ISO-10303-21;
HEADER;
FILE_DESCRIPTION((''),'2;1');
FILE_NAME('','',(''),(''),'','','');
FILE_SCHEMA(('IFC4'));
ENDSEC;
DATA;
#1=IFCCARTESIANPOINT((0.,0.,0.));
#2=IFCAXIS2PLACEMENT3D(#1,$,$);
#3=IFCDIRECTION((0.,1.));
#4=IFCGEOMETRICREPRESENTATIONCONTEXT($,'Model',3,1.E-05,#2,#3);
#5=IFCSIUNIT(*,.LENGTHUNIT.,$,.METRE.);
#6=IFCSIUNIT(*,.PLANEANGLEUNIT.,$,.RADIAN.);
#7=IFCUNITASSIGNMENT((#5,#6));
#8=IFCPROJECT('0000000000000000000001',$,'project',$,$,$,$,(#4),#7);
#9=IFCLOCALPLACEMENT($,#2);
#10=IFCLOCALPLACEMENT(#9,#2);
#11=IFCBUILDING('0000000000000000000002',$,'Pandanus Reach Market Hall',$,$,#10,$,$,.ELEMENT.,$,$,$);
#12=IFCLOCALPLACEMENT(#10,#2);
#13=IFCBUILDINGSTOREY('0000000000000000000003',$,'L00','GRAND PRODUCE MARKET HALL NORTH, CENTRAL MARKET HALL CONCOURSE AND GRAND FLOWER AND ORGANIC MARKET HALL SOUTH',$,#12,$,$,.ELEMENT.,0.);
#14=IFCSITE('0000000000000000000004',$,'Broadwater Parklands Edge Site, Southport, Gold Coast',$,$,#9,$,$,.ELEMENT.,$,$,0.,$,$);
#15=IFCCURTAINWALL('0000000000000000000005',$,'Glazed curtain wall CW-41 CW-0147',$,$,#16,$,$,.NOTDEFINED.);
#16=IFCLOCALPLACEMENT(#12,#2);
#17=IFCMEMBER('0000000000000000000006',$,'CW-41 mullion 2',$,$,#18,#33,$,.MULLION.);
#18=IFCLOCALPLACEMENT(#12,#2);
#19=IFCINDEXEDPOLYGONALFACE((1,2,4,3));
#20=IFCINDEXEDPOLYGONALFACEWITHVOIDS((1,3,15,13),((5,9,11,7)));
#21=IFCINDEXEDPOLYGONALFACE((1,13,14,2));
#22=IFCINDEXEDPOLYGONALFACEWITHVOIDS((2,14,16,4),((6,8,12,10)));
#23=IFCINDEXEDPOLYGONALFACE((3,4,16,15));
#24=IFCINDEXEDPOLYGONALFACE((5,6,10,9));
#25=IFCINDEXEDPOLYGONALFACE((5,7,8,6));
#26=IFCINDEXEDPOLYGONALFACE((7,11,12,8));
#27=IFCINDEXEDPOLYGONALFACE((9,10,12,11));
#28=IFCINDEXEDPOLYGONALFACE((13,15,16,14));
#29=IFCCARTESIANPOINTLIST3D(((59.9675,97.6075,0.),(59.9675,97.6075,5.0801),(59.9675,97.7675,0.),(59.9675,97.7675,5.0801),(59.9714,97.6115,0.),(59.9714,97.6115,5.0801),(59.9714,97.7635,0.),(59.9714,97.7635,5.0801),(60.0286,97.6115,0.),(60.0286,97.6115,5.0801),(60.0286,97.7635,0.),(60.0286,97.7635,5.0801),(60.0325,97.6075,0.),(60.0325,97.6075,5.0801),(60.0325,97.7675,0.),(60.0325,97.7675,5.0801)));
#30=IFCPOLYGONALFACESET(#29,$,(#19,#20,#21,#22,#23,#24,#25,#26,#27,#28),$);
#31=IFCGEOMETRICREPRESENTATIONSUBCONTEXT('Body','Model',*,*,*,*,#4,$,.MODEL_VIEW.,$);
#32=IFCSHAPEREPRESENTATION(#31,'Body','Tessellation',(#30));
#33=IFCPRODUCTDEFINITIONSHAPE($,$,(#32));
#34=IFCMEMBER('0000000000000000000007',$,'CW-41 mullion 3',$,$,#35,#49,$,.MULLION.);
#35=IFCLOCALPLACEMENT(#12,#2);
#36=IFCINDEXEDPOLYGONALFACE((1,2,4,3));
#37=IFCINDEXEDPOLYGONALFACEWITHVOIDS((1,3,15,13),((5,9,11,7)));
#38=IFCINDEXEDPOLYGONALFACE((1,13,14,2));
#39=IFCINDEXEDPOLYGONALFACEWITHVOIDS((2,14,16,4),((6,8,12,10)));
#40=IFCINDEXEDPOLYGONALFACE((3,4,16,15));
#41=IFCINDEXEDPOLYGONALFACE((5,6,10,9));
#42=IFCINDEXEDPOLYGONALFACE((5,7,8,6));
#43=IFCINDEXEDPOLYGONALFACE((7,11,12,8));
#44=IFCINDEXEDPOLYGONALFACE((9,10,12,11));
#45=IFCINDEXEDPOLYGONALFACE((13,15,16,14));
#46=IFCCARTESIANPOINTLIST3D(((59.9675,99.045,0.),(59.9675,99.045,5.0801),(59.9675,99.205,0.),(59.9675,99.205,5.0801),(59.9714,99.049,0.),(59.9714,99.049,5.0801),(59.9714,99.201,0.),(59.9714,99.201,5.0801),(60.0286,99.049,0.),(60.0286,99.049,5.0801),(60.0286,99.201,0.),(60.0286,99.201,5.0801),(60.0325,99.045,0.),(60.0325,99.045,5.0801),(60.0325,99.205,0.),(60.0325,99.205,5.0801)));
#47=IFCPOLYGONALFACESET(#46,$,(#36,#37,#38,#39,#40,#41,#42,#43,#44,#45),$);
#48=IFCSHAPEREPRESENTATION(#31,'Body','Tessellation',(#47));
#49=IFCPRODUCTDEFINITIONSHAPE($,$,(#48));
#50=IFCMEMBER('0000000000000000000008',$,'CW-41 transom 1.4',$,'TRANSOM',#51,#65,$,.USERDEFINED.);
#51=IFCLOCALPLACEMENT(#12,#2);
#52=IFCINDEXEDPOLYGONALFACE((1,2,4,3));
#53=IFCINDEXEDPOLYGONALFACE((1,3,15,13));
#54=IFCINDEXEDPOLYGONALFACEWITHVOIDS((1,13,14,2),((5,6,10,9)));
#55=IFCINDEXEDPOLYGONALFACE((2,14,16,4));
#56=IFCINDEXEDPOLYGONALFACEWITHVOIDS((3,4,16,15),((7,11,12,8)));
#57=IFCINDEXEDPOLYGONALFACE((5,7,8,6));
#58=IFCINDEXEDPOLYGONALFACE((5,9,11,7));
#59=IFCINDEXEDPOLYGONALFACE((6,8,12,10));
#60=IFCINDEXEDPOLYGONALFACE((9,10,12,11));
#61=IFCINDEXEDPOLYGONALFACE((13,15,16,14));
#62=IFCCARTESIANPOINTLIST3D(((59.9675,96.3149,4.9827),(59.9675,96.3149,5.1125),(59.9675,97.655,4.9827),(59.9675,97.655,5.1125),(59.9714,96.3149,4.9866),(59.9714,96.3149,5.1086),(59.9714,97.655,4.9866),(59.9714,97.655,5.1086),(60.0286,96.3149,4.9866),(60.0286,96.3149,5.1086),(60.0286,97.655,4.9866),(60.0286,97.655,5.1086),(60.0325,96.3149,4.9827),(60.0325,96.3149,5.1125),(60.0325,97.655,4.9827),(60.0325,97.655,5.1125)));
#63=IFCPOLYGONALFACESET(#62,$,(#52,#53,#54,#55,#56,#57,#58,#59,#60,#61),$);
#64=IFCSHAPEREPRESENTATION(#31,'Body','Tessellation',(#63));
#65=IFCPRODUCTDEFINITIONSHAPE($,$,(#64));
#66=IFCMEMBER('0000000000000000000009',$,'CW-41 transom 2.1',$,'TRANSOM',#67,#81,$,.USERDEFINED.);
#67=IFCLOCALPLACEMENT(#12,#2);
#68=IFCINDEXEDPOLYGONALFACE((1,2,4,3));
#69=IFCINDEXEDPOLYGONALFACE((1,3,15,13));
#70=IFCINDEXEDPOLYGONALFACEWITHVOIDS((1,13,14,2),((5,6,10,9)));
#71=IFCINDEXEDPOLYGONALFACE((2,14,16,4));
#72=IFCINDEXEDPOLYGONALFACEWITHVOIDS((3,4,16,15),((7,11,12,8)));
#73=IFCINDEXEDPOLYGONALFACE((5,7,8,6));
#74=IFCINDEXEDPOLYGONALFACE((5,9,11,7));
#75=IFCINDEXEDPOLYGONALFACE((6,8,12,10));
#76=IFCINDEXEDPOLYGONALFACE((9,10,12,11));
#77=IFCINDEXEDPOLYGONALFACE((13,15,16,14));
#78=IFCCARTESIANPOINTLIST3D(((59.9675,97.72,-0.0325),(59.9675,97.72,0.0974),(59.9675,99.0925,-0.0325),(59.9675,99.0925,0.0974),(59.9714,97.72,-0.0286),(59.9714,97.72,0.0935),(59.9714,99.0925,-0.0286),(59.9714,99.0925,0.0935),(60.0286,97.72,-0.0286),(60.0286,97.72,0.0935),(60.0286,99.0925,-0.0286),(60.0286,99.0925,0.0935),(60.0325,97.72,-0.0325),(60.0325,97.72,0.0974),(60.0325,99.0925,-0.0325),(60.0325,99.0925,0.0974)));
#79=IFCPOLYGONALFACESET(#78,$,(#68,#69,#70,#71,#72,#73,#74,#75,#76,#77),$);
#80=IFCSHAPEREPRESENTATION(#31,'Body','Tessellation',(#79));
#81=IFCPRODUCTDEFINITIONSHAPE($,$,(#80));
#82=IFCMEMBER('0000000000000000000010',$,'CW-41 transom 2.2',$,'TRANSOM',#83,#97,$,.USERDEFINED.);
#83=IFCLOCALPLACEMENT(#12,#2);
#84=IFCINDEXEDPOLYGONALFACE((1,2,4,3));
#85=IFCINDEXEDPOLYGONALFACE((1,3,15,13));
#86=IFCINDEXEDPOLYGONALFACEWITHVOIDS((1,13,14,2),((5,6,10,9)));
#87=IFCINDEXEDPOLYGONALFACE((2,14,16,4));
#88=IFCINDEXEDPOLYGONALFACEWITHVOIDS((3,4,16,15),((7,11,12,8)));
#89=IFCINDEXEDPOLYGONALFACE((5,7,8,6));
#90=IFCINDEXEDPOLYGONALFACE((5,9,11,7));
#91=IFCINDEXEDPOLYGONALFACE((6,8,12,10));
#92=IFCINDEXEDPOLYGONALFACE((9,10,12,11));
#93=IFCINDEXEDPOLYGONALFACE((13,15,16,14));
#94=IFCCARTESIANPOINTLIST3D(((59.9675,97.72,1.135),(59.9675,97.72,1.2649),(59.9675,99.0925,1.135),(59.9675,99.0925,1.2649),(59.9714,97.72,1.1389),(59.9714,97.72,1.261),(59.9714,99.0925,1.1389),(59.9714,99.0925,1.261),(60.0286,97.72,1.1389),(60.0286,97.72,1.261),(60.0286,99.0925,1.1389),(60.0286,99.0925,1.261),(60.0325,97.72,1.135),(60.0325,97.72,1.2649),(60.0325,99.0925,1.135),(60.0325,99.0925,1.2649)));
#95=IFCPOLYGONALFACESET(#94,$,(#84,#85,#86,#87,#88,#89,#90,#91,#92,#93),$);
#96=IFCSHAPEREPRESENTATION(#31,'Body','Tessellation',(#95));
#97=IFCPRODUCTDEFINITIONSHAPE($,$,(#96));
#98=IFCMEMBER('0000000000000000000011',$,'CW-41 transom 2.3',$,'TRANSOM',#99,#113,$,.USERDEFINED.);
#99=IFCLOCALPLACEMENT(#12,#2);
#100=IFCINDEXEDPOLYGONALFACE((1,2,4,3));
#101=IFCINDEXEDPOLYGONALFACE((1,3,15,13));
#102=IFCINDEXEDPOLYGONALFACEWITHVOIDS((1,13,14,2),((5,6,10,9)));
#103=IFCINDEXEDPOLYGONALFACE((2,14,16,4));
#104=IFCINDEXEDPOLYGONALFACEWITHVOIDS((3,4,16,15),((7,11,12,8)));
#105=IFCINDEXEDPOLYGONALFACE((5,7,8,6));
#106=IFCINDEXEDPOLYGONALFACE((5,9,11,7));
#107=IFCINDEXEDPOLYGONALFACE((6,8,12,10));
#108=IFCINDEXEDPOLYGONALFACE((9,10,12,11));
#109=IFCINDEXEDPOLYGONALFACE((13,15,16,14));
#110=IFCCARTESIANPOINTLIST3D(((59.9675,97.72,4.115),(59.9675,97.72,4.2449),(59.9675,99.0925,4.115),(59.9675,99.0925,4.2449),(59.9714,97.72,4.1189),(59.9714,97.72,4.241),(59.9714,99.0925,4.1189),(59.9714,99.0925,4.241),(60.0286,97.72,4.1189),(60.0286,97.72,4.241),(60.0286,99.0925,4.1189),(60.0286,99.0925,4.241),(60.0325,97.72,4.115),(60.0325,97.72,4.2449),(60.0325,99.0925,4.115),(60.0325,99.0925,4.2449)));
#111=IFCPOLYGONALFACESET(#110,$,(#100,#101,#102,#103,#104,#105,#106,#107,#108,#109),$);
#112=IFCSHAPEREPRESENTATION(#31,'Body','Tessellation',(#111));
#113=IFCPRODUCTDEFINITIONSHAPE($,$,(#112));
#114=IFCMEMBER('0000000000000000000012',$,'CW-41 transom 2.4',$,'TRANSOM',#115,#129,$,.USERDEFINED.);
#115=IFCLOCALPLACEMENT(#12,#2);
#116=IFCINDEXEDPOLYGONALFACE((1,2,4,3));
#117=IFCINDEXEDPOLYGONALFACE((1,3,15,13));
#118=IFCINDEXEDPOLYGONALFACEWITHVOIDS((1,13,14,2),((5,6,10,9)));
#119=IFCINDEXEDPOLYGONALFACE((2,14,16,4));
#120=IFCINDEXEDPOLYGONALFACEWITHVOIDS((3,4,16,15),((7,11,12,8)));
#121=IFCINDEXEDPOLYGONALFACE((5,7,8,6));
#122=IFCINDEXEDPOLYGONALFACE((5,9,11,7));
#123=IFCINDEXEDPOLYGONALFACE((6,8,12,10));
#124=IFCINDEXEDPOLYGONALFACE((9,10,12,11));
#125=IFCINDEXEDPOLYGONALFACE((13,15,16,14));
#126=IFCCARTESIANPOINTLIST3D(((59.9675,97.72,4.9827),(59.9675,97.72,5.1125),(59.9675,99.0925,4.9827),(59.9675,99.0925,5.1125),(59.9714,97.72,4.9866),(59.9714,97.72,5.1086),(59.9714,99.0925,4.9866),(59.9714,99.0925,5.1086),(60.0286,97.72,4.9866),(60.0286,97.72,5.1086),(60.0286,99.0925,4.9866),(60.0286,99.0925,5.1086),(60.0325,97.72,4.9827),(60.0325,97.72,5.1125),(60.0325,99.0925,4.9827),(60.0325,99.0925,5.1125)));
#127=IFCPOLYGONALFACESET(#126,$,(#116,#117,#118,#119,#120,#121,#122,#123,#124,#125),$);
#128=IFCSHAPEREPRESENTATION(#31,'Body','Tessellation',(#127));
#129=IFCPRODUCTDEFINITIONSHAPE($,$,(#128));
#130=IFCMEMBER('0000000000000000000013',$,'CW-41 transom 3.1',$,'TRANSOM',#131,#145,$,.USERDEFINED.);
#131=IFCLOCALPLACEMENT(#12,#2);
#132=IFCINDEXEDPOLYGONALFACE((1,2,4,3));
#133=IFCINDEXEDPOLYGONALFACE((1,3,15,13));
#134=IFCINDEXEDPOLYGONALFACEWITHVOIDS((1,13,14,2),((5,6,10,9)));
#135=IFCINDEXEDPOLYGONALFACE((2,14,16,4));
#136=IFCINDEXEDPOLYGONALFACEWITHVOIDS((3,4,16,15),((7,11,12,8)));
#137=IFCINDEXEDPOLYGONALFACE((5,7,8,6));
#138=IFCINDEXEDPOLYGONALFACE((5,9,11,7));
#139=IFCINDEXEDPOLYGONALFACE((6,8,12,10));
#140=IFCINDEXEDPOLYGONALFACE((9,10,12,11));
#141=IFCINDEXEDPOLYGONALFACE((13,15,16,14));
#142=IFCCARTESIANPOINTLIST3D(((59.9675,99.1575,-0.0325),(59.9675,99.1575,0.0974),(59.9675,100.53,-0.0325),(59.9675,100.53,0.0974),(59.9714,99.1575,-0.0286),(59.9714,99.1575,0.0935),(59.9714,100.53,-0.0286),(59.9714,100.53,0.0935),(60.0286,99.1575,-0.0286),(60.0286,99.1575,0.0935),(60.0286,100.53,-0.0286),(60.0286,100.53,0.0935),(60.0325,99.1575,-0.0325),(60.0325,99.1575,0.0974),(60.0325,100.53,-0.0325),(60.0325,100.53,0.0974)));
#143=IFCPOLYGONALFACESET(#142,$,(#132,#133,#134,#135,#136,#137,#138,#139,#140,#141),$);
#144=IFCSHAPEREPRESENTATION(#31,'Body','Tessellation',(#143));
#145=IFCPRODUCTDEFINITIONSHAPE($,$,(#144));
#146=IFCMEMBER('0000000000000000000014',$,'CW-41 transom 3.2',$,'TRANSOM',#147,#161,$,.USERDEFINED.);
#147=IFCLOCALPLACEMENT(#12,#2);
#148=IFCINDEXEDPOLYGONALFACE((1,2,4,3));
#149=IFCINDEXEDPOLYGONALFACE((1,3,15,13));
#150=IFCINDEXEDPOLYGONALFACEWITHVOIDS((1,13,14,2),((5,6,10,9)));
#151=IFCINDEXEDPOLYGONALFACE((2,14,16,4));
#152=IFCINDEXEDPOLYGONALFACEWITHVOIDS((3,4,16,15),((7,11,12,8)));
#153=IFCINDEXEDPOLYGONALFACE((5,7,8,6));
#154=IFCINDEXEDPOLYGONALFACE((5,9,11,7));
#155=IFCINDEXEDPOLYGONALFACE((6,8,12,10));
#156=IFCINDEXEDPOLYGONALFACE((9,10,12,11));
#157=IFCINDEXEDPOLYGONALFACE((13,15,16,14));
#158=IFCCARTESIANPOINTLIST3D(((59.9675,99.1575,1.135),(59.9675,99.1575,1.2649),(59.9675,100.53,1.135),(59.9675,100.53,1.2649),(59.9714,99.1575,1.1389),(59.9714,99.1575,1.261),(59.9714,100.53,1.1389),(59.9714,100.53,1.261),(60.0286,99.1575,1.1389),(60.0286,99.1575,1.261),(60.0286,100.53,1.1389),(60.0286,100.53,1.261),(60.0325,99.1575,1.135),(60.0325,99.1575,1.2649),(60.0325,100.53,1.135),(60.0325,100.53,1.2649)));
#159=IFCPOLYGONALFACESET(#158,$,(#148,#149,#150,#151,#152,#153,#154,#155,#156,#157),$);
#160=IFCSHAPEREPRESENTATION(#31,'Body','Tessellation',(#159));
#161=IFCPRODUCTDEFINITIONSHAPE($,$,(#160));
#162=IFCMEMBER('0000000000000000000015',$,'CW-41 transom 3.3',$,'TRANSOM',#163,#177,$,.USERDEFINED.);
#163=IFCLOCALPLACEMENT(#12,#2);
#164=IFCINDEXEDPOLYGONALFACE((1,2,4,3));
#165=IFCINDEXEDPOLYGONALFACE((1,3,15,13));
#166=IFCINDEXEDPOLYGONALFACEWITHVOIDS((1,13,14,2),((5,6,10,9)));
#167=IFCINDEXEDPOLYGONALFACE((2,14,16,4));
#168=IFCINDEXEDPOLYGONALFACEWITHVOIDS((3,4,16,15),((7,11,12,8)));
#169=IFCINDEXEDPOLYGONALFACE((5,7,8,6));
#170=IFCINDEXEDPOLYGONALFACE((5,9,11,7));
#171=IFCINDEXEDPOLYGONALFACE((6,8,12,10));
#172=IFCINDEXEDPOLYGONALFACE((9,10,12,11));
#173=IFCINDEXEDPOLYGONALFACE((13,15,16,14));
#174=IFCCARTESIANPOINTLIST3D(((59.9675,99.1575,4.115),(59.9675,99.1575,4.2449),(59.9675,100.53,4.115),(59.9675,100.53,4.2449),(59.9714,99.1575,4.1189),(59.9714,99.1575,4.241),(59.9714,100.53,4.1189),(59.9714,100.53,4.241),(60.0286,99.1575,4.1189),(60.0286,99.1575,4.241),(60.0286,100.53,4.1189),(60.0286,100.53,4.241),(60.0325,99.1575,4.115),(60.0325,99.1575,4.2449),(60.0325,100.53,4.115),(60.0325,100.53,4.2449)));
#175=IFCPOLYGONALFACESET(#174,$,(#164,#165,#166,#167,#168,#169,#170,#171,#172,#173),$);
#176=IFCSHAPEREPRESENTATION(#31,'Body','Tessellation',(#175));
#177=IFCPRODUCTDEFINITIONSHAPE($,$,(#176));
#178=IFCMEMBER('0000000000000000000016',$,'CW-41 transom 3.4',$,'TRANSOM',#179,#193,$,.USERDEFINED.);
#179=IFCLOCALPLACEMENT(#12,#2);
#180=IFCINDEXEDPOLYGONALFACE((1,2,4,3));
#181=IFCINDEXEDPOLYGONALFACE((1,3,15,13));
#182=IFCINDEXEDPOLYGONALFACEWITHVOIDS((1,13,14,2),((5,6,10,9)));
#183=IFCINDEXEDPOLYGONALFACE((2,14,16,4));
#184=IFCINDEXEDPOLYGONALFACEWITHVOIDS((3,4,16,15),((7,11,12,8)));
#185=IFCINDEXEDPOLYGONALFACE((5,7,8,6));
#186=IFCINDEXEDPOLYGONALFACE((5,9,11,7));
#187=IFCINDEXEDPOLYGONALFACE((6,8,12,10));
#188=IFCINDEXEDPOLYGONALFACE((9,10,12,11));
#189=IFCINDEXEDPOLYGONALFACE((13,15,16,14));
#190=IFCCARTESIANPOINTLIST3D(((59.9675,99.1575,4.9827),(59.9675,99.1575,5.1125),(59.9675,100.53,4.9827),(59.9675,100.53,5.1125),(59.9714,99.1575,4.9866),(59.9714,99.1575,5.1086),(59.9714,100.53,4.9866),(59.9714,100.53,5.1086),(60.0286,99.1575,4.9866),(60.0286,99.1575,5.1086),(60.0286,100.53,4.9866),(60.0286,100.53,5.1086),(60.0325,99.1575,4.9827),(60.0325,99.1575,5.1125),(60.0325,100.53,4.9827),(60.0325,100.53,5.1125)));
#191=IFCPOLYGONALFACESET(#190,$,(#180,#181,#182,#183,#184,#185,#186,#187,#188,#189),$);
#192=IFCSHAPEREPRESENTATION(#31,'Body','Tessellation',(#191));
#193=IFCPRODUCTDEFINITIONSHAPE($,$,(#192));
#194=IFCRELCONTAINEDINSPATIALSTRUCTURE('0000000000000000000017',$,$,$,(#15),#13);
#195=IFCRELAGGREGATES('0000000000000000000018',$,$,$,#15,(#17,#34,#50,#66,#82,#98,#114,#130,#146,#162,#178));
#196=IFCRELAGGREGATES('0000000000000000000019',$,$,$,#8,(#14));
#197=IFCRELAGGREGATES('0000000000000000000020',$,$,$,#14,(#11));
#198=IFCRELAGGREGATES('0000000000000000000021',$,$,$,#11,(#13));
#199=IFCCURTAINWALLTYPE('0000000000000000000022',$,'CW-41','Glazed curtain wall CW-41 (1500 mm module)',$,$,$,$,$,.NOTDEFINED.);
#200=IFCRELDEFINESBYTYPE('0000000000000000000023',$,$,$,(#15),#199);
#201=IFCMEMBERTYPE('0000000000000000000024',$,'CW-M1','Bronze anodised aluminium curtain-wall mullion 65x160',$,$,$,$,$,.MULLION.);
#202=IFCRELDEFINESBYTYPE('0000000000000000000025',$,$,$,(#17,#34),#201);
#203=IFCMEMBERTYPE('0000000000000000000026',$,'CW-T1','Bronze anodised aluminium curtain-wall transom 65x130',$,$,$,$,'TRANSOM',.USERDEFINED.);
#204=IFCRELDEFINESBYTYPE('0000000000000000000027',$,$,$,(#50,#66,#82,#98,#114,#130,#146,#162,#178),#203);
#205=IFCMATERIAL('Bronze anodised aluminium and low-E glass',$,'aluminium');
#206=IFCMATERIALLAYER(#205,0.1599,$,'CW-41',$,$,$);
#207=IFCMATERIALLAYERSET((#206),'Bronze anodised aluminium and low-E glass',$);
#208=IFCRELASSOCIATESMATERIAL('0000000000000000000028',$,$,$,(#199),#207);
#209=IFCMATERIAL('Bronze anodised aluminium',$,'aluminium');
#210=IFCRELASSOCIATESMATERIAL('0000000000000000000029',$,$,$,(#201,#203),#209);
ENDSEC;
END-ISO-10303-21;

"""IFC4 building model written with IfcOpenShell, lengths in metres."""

from ifc_helpers import new_model, si_unit, direction, frame, origin, origin_2d, place, context, subcontext, project, spatial, hollow_rectangle, extrude, material, layer, layer_set, material_profile, profile_set, type_object, element, aggregate, save


model = new_model("IFC4")

# Units and contexts
model_context = context("Model", 3, precision=1e-05, world=origin(), true_north=direction((0.0, 1.0)))
body_context = subcontext(model_context, "Body", "Model", "MODEL_VIEW")
ifc_project = project(units=[si_unit("LENGTHUNIT", "METRE"), si_unit("PLANEANGLEUNIT", "RADIAN")], contexts=[model_context])

# Site, building, storey
site_placement = place(None, origin())
site = spatial("IfcSite", under=ifc_project, at=site_placement, Name="Broadwater Parklands Edge Site, Southport, Gold Coast", CompositionType="ELEMENT", RefElevation=0.0)
building_placement = place(site_placement, origin())
building = spatial("IfcBuilding", under=site, at=building_placement, Name="Pandanus Reach Market Hall", CompositionType="ELEMENT")
storey_placement = place(building_placement, origin())
storey = spatial("IfcBuildingStorey", under=building, at=storey_placement, Name="L00", Description="GRAND PRODUCE MARKET HALL NORTH, CENTRAL MARKET HALL CONCOURSE AND GRAND FLOWER AND ORGANIC MARKET HALL SOUTH", CompositionType="ELEMENT", Elevation=0.0)

# Curtain wall, members
ifc_material_1 = material(Name="Bronze anodised aluminium and low-E glass", Category="aluminium")
ifc_layer_1 = layer(ifc_material_1, 0.1599, Name="CW-41")
ifc_layer_set_1 = layer_set([ifc_layer_1], Name="Bronze anodised aluminium and low-E glass")
curtain_wall_type = type_object("IfcCurtainWallType", Name="CW-41", Description="Glazed curtain wall CW-41 (1500 mm module)", PredefinedType="NOTDEFINED", material=ifc_layer_set_1)
curtain_wall_placement = place(storey_placement, origin())
curtain_wall = element("IfcCurtainWall", 1, at=curtain_wall_placement, inside=storey, type_object=curtain_wall_type, Name="Glazed curtain wall CW-41 CW-0147", PredefinedType="NOTDEFINED")
ifc_material_2 = material(Name="Bronze anodised aluminium", Category="aluminium")
ifc_material_profile_1 = material_profile(ifc_material_2, hollow_rectangle(XDim=0.0649, YDim=0.1599, WallThickness=0.0039, at=origin_2d()), Name="ALU65x160", Category="LoadBearing")
ifc_profile_set_1 = profile_set([ifc_material_profile_1], Name="Bronze anodised aluminium")
member_type_1 = type_object("IfcMemberType", Name="CW-M1", Description="Bronze anodised aluminium curtain-wall mullion 65x160", PredefinedType="MULLION", material=ifc_profile_set_1)
member_1_placement = place(storey_placement, frame((60.0, 97.6875, 0.0), z_axis=(0.0, 0.0, 1.0), x_axis=(-1.0, 0.0, 0.0)))
member_1 = element("IfcMember", 2, at=member_1_placement, type_object=member_type_1, Name="CW-41 mullion 2", PredefinedType="MULLION", context=body_context, shape_type="SweptSolid", body=[
    extrude(hollow_rectangle(XDim=0.0649, YDim=0.1599, WallThickness=0.0039, at=origin_2d()), origin(), (0.0, 0.0, 1.0), 5.0801),
])
member_2_placement = place(storey_placement, frame((60.0, 99.125, 0.0), z_axis=(0.0, 0.0, 1.0), x_axis=(-1.0, 0.0, 0.0)))
member_2 = element("IfcMember", 3, at=member_2_placement, type_object=member_type_1, Name="CW-41 mullion 3", PredefinedType="MULLION", context=body_context, shape_type="SweptSolid", body=[
    extrude(hollow_rectangle(XDim=0.0649, YDim=0.1599, WallThickness=0.0039, at=origin_2d()), origin(), (0.0, 0.0, 1.0), 5.0801),
])
ifc_material_profile_2 = material_profile(ifc_material_2, hollow_rectangle(XDim=0.0649, YDim=0.1299, WallThickness=0.0039, at=origin_2d()), Name="ALU65x130", Category="LoadBearing")
ifc_profile_set_2 = profile_set([ifc_material_profile_2], Name="Bronze anodised aluminium")
member_type_2 = type_object("IfcMemberType", Name="CW-T1", Description="Bronze anodised aluminium curtain-wall transom 65x130", ElementType="TRANSOM", PredefinedType="USERDEFINED", material=ifc_profile_set_2)
member_3_placement = place(storey_placement, frame((60.0, 96.3149, 5.0476), z_axis=(0.0, 1.0, 0.0), x_axis=(-1.0, 0.0, 0.0)))
member_3 = element("IfcMember", 4, at=member_3_placement, type_object=member_type_2, Name="CW-41 transom 1.4", ObjectType="TRANSOM", PredefinedType="USERDEFINED", context=body_context, shape_type="SweptSolid", body=[
    extrude(hollow_rectangle(XDim=0.0649, YDim=0.1299, WallThickness=0.0039, at=origin_2d()), origin(), (0.0, 0.0, 1.0), 1.3401),
])
member_4_placement = place(storey_placement, frame((60.0, 97.72, 0.0325), z_axis=(0.0, 1.0, 0.0), x_axis=(-1.0, 0.0, 0.0)))
member_4 = element("IfcMember", 5, at=member_4_placement, type_object=member_type_2, Name="CW-41 transom 2.1", ObjectType="TRANSOM", PredefinedType="USERDEFINED", context=body_context, shape_type="SweptSolid", body=[
    extrude(hollow_rectangle(XDim=0.0649, YDim=0.1299, WallThickness=0.0039, at=origin_2d()), origin(), (0.0, 0.0, 1.0), 1.3726),
])
member_5_placement = place(storey_placement, frame((60.0, 97.72, 1.2), z_axis=(0.0, 1.0, 0.0), x_axis=(-1.0, 0.0, 0.0)))
member_5 = element("IfcMember", 6, at=member_5_placement, type_object=member_type_2, Name="CW-41 transom 2.2", ObjectType="TRANSOM", PredefinedType="USERDEFINED", context=body_context, shape_type="SweptSolid", body=[
    extrude(hollow_rectangle(XDim=0.0649, YDim=0.1299, WallThickness=0.0039, at=origin_2d()), origin(), (0.0, 0.0, 1.0), 1.3726),
])
member_6_placement = place(storey_placement, frame((60.0, 97.72, 4.1799), z_axis=(0.0, 1.0, 0.0), x_axis=(-1.0, 0.0, 0.0)))
member_6 = element("IfcMember", 7, at=member_6_placement, type_object=member_type_2, Name="CW-41 transom 2.3", ObjectType="TRANSOM", PredefinedType="USERDEFINED", context=body_context, shape_type="SweptSolid", body=[
    extrude(hollow_rectangle(XDim=0.0649, YDim=0.1299, WallThickness=0.0039, at=origin_2d()), origin(), (0.0, 0.0, 1.0), 1.3726),
])
member_7_placement = place(storey_placement, frame((60.0, 97.72, 5.0476), z_axis=(0.0, 1.0, 0.0), x_axis=(-1.0, 0.0, 0.0)))
member_7 = element("IfcMember", 8, at=member_7_placement, type_object=member_type_2, Name="CW-41 transom 2.4", ObjectType="TRANSOM", PredefinedType="USERDEFINED", context=body_context, shape_type="SweptSolid", body=[
    extrude(hollow_rectangle(XDim=0.0649, YDim=0.1299, WallThickness=0.0039, at=origin_2d()), origin(), (0.0, 0.0, 1.0), 1.3726),
])
member_8_placement = place(storey_placement, frame((60.0, 99.1575, 0.0325), z_axis=(0.0, 1.0, 0.0), x_axis=(-1.0, 0.0, 0.0)))
member_8 = element("IfcMember", 9, at=member_8_placement, type_object=member_type_2, Name="CW-41 transom 3.1", ObjectType="TRANSOM", PredefinedType="USERDEFINED", context=body_context, shape_type="SweptSolid", body=[
    extrude(hollow_rectangle(XDim=0.0649, YDim=0.1299, WallThickness=0.0039, at=origin_2d()), origin(), (0.0, 0.0, 1.0), 1.3726),
])
member_9_placement = place(storey_placement, frame((60.0, 99.1575, 1.2), z_axis=(0.0, 1.0, 0.0), x_axis=(-1.0, 0.0, 0.0)))
member_9 = element("IfcMember", 10, at=member_9_placement, type_object=member_type_2, Name="CW-41 transom 3.2", ObjectType="TRANSOM", PredefinedType="USERDEFINED", context=body_context, shape_type="SweptSolid", body=[
    extrude(hollow_rectangle(XDim=0.0649, YDim=0.1299, WallThickness=0.0039, at=origin_2d()), origin(), (0.0, 0.0, 1.0), 1.3726),
])
member_10_placement = place(storey_placement, frame((60.0, 99.1575, 4.1799), z_axis=(0.0, 1.0, 0.0), x_axis=(-1.0, 0.0, 0.0)))
member_10 = element("IfcMember", 11, at=member_10_placement, type_object=member_type_2, Name="CW-41 transom 3.3", ObjectType="TRANSOM", PredefinedType="USERDEFINED", context=body_context, shape_type="SweptSolid", body=[
    extrude(hollow_rectangle(XDim=0.0649, YDim=0.1299, WallThickness=0.0039, at=origin_2d()), origin(), (0.0, 0.0, 1.0), 1.3726),
])
member_11_placement = place(storey_placement, frame((60.0, 99.1575, 5.0476), z_axis=(0.0, 1.0, 0.0), x_axis=(-1.0, 0.0, 0.0)))
member_11 = element("IfcMember", 12, at=member_11_placement, type_object=member_type_2, Name="CW-41 transom 3.4", ObjectType="TRANSOM", PredefinedType="USERDEFINED", context=body_context, shape_type="SweptSolid", body=[
    extrude(hollow_rectangle(XDim=0.0649, YDim=0.1299, WallThickness=0.0039, at=origin_2d()), origin(), (0.0, 0.0, 1.0), 1.3726),
])
aggregate(curtain_wall, [member_1, member_2, member_3, member_4, member_5, member_6, member_7, member_8, member_9, member_10, member_11])

save(model, "model.ifc")
